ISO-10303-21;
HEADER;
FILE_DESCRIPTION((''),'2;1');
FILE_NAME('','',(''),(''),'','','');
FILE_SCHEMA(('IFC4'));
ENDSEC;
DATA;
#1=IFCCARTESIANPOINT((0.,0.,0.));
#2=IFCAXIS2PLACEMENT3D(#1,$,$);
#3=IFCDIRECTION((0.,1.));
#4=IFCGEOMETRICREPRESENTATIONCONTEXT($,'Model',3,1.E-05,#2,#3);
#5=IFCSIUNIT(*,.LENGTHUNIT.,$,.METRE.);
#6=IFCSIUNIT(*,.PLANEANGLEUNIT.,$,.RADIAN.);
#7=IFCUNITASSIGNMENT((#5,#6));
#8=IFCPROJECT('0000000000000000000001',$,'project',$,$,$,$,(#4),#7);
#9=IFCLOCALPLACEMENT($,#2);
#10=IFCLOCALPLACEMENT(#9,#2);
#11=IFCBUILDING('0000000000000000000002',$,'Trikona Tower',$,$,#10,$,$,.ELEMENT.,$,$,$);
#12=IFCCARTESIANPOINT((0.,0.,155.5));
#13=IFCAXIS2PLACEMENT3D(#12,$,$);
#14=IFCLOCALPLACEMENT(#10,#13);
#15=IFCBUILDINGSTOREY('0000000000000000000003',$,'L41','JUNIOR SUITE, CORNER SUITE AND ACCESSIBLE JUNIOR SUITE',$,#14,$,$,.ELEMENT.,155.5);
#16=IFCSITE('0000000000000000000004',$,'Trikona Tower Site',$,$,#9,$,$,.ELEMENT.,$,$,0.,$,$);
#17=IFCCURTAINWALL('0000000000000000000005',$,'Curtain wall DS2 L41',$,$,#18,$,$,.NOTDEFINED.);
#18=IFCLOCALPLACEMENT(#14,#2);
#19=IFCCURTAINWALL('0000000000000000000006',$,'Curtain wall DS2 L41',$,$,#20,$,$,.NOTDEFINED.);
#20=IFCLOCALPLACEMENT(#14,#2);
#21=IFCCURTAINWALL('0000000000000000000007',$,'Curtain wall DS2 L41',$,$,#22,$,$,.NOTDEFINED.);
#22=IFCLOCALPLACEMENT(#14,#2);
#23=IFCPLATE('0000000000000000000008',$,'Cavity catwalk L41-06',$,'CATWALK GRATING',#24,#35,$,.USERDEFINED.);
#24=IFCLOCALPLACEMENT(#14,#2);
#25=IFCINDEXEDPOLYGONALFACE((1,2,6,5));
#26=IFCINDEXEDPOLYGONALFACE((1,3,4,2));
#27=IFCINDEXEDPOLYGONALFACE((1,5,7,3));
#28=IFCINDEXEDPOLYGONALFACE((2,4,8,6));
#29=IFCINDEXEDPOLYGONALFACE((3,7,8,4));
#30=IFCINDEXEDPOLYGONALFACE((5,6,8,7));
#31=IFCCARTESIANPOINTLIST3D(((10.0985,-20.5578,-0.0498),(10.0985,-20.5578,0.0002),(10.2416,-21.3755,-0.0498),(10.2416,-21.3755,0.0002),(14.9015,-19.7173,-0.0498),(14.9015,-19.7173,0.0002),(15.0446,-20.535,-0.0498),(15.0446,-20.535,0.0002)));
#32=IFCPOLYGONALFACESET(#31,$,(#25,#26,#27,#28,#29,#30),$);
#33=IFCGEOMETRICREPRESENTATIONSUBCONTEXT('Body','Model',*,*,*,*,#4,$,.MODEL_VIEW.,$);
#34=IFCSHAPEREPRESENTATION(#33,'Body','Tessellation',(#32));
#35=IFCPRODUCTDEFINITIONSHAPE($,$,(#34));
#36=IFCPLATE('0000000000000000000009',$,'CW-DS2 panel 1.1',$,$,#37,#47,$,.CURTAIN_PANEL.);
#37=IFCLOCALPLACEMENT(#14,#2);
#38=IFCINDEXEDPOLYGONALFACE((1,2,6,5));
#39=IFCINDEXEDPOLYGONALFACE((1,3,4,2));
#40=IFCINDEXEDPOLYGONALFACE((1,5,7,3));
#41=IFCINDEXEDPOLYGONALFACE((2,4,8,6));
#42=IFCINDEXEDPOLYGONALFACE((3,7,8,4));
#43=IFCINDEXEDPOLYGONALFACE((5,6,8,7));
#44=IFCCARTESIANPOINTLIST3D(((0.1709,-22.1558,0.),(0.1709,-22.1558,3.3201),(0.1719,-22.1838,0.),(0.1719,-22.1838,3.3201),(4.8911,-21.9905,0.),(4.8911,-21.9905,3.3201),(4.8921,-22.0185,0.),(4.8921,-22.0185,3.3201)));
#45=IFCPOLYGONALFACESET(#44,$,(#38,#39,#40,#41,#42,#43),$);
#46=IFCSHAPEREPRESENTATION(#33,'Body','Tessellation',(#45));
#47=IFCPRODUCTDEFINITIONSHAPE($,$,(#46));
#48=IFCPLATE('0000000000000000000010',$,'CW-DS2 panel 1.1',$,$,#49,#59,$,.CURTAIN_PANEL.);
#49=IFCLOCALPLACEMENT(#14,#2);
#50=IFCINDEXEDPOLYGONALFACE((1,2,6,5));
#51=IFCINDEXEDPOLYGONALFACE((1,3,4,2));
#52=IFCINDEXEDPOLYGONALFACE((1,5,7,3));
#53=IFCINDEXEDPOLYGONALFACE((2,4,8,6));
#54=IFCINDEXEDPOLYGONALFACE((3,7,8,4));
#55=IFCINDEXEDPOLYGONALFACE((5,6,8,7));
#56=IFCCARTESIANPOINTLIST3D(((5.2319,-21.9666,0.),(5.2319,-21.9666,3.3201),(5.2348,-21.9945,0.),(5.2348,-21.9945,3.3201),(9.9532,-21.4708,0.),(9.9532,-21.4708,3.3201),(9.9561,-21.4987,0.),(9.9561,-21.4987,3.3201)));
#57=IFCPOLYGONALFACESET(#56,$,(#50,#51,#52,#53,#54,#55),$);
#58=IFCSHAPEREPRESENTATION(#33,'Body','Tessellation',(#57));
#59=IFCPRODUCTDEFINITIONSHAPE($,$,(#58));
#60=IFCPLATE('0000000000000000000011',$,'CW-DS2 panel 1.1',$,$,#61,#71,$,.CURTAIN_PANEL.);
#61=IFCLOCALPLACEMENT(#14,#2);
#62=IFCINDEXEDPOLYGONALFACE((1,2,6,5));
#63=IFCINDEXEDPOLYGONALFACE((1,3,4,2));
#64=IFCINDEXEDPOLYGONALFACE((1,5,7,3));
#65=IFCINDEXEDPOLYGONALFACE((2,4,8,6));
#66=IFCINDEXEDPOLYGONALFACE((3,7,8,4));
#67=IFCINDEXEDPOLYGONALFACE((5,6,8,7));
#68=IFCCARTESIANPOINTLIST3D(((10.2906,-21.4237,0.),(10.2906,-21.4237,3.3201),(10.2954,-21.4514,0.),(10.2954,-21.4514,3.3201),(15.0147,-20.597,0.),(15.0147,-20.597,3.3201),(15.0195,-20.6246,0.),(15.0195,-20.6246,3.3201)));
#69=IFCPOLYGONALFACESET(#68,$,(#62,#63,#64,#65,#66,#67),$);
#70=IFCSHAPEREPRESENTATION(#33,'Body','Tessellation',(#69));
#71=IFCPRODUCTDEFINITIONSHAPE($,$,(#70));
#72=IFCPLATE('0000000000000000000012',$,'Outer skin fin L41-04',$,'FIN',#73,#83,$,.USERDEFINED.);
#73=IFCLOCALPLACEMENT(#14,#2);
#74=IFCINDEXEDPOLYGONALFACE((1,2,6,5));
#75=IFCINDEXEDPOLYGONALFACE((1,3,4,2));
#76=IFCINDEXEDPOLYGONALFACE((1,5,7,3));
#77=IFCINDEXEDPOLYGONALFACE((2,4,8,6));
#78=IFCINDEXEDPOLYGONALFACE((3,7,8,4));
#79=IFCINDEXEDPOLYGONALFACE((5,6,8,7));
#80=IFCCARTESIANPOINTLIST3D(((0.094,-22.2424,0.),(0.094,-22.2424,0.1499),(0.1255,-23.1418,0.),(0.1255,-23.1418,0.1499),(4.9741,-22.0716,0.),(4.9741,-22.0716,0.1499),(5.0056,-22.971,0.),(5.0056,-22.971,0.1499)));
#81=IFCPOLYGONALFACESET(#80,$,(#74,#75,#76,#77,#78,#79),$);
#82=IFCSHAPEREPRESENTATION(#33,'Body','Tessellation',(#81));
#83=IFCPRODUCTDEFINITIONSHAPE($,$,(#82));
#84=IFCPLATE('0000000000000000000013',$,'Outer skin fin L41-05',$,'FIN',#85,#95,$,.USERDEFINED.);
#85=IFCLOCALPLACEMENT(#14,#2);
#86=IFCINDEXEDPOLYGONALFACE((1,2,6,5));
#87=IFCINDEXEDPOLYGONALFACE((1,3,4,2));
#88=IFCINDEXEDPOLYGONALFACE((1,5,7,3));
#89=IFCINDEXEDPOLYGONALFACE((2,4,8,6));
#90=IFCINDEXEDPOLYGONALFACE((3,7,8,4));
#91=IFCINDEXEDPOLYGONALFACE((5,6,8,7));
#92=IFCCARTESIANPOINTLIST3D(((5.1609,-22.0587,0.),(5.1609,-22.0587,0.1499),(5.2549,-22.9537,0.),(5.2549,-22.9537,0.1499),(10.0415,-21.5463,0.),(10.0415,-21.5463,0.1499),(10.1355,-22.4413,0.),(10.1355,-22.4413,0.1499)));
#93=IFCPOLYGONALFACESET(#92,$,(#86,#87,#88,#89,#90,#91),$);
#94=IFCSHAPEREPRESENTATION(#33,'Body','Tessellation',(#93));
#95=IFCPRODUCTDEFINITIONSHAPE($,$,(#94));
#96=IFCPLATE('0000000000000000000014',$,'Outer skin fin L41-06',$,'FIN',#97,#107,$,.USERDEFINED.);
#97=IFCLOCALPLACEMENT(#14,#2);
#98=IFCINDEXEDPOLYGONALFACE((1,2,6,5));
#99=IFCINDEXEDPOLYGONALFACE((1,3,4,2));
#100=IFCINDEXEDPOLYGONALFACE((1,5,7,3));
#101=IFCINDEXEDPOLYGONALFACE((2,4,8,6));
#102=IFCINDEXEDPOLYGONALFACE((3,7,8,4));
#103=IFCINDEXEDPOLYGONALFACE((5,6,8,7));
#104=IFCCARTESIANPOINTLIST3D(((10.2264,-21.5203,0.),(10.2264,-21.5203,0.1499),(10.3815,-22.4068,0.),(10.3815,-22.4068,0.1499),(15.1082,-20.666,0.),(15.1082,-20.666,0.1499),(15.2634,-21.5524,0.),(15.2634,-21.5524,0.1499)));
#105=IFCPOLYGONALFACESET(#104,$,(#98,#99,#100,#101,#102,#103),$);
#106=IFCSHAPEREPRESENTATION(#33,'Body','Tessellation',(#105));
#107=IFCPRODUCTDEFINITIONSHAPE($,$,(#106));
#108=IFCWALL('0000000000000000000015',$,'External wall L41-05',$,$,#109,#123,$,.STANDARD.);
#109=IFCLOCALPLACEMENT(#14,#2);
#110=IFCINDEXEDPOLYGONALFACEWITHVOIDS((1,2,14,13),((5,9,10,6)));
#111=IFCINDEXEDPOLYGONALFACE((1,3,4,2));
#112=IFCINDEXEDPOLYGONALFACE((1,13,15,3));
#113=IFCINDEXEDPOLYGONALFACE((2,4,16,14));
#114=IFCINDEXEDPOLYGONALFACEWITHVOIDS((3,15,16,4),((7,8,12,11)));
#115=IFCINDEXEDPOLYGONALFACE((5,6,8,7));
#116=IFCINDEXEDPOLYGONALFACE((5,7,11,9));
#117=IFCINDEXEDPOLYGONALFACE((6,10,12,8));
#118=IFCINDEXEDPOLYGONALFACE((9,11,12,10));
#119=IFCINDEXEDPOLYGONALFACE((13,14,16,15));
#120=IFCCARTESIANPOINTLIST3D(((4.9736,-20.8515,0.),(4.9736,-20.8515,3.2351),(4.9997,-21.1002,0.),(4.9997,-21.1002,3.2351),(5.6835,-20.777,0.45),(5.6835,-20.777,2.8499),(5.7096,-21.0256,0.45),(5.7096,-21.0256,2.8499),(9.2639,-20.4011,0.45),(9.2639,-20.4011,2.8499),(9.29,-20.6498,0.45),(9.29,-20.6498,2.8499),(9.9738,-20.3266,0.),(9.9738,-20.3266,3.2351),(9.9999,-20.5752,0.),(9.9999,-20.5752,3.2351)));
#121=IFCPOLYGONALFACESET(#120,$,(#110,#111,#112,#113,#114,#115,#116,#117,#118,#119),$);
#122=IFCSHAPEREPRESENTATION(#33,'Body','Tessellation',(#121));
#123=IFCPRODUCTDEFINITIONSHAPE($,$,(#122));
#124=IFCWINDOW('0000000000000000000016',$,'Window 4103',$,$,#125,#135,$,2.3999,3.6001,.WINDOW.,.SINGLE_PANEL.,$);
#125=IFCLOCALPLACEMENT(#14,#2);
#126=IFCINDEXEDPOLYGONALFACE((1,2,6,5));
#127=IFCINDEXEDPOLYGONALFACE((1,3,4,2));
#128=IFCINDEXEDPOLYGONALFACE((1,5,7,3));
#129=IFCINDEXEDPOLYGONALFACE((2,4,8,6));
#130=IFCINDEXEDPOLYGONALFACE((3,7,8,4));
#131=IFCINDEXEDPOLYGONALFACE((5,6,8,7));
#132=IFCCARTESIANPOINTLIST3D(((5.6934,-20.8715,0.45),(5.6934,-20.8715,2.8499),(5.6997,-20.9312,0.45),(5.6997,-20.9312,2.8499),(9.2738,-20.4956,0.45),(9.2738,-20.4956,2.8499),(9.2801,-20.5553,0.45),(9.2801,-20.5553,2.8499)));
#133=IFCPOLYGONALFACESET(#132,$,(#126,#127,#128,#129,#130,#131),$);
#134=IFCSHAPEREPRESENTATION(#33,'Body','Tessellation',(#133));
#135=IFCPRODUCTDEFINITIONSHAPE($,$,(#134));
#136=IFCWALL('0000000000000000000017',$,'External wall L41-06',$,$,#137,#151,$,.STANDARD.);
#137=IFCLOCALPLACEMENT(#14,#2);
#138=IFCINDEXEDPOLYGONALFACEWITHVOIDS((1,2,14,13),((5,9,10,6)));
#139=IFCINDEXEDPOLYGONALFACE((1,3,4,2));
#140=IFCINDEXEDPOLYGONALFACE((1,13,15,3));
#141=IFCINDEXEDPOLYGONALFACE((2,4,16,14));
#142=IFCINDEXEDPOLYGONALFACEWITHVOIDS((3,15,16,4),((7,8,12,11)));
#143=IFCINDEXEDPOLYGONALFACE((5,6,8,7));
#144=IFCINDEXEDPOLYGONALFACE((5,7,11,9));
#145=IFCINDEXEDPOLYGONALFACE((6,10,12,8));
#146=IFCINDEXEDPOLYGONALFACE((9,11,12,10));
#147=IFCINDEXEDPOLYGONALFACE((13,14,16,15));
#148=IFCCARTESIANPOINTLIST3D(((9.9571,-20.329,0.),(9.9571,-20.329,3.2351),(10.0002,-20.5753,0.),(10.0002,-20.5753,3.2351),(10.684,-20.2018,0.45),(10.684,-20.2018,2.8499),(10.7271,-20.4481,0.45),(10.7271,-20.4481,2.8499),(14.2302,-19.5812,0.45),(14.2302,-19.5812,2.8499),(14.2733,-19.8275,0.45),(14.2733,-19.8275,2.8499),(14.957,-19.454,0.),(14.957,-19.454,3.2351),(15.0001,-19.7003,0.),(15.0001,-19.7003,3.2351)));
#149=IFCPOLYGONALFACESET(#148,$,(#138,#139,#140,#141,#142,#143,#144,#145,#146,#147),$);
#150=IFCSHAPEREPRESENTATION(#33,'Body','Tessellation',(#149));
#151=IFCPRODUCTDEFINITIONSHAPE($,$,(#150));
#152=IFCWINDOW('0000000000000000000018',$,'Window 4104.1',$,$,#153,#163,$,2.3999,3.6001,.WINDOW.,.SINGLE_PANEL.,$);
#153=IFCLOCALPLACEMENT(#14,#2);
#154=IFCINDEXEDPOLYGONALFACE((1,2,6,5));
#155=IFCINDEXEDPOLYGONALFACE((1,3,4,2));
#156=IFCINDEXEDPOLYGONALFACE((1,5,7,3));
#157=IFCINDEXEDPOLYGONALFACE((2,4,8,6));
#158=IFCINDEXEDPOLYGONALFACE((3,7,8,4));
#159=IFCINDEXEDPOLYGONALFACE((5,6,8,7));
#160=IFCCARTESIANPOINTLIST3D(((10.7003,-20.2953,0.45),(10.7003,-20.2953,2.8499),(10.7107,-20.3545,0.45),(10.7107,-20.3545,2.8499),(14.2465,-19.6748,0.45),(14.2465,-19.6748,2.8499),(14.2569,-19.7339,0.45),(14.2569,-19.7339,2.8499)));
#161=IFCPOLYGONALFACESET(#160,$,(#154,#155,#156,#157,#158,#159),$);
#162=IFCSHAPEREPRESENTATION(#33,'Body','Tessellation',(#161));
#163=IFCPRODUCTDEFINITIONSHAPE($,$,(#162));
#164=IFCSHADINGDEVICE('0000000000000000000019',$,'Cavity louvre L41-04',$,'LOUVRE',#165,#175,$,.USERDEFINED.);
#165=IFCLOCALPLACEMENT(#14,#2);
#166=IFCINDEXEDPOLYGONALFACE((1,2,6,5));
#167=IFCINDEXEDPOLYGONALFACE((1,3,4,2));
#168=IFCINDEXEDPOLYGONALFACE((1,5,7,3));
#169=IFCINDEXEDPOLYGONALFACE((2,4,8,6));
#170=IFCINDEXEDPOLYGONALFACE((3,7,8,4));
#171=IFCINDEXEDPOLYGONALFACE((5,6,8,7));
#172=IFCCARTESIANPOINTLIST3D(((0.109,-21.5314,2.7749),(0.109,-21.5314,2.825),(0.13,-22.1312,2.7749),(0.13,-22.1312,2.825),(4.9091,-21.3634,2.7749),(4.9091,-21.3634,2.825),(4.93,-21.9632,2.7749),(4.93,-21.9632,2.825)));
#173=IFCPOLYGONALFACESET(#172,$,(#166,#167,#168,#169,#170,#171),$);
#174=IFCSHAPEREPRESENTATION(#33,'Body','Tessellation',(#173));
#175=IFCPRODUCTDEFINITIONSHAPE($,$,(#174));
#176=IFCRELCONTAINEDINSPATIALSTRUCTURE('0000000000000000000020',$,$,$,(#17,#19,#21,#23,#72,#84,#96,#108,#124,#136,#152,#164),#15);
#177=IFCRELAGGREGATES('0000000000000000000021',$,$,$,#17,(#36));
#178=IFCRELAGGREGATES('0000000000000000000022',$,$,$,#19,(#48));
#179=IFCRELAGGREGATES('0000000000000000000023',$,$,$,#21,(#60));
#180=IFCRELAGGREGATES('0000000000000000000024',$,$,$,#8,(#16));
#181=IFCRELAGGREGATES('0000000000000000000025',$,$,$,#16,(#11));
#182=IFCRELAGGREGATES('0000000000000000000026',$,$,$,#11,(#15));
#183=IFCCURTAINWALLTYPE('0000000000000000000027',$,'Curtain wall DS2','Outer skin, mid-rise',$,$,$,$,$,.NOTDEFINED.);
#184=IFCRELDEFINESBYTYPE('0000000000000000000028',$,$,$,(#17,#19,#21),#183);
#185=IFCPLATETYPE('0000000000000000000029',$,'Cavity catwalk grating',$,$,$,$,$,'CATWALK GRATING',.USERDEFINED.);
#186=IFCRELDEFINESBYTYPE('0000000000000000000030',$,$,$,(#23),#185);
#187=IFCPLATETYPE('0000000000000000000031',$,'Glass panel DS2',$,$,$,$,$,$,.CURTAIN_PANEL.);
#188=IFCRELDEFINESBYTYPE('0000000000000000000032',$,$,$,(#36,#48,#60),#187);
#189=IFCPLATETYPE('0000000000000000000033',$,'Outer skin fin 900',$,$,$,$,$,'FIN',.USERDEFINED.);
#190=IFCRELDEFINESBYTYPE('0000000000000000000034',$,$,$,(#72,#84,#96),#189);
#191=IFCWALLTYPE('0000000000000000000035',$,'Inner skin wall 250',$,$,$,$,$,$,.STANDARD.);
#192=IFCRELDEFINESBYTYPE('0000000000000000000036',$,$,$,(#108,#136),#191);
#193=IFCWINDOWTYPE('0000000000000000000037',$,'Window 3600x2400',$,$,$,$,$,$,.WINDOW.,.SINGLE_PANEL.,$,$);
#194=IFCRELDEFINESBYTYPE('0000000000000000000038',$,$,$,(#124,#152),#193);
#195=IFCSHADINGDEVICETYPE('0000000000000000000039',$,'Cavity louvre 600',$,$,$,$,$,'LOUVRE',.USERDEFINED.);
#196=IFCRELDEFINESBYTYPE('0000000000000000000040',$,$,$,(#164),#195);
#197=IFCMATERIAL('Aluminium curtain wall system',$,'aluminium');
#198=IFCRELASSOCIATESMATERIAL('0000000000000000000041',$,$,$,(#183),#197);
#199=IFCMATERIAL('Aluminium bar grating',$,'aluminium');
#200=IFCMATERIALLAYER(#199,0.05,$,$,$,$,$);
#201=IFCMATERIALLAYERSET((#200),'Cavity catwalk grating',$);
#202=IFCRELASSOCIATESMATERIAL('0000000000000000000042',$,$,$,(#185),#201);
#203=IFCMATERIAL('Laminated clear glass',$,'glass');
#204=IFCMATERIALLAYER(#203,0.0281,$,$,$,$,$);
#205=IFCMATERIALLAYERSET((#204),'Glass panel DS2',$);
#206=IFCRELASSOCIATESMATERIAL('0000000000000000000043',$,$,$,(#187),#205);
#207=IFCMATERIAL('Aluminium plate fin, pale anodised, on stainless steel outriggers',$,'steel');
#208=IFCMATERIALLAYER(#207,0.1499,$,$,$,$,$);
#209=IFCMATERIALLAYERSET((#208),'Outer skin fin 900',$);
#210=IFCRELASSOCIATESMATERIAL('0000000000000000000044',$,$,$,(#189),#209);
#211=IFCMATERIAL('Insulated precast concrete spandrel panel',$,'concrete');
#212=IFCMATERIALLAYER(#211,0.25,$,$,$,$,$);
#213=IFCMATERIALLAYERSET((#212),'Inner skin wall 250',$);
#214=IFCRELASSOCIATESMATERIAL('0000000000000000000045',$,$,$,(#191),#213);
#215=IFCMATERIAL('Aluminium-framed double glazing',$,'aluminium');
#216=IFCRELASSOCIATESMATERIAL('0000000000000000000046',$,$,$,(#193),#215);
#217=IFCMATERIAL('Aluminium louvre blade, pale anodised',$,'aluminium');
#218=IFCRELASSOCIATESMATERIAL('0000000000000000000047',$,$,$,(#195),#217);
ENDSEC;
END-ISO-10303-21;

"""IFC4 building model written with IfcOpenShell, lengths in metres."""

from ifc_helpers import new_model, si_unit, direction, frame, frame_2d, origin, origin_2d, place, context, subcontext, project, spatial, rectangle, extrude, material, layer, layer_set, type_object, element, fill, aggregate, save


model = new_model("IFC4")

# Units and contexts
model_context = context("Model", 3, precision=1e-05, world=origin(), true_north=direction((0.0, 1.0)))
body_context = subcontext(model_context, "Body", "Model", "MODEL_VIEW")
ifc_project = project(units=[si_unit("LENGTHUNIT", "METRE"), si_unit("PLANEANGLEUNIT", "RADIAN")], contexts=[model_context])

# Site, building, storey
site_placement = place(None, origin())
site = spatial("IfcSite", under=ifc_project, at=site_placement, Name="Trikona Tower Site", CompositionType="ELEMENT", RefElevation=0.0)
building_placement = place(site_placement, origin())
building = spatial("IfcBuilding", under=site, at=building_placement, Name="Trikona Tower", CompositionType="ELEMENT")
storey_placement = place(building_placement, frame((0.0, 0.0, 155.5)))
storey = spatial("IfcBuildingStorey", under=building, at=storey_placement, Name="L41", Description="JUNIOR SUITE, CORNER SUITE AND ACCESSIBLE JUNIOR SUITE", CompositionType="ELEMENT", Elevation=155.5)

# Curtain walls
ifc_material_1 = material(Name="Aluminium curtain wall system", Category="aluminium")
curtain_wall_type = type_object("IfcCurtainWallType", Name="Curtain wall DS2", Description="Outer skin, mid-rise", PredefinedType="NOTDEFINED", material=ifc_material_1)
curtain_wall_1_placement = place(storey_placement, origin())
curtain_wall_1 = element("IfcCurtainWall", 1, at=curtain_wall_1_placement, inside=storey, type_object=curtain_wall_type, Name="Curtain wall DS2 L41", PredefinedType="NOTDEFINED")
curtain_wall_2_placement = place(storey_placement, origin())
curtain_wall_2 = element("IfcCurtainWall", 2, at=curtain_wall_2_placement, inside=storey, type_object=curtain_wall_type, Name="Curtain wall DS2 L41", PredefinedType="NOTDEFINED")

# Curtain wall
curtain_wall_3_placement = place(storey_placement, origin())
curtain_wall_3 = element("IfcCurtainWall", 3, at=curtain_wall_3_placement, inside=storey, type_object=curtain_wall_type, Name="Curtain wall DS2 L41", PredefinedType="NOTDEFINED")

# Plate
ifc_material_2 = material(Name="Aluminium bar grating", Category="aluminium")
ifc_layer_1 = layer(ifc_material_2, 0.05)
ifc_layer_set_1 = layer_set([ifc_layer_1], Name="Cavity catwalk grating")
plate_type_1 = type_object("IfcPlateType", Name="Cavity catwalk grating", ElementType="CATWALK GRATING", PredefinedType="USERDEFINED", material=ifc_layer_set_1)
plate_1_placement = place(storey_placement, frame((12.5715, -20.5464, -0.0498), z_axis=(0.0, 0.0, 1.0), x_axis=(0.985031, 0.17238, 0.0)))
element("IfcPlate", 4, at=plate_1_placement, inside=storey, type_object=plate_type_1, Name="Cavity catwalk L41-06", ObjectType="CATWALK GRATING", PredefinedType="USERDEFINED", context=body_context, shape_type="SweptSolid", body=[
    extrude(rectangle(XDim=4.876, YDim=0.8301, at=origin_2d()), origin(), (0.0, 0.0, 1.0), 0.05),
])

# Plates
ifc_material_3 = material(Name="Laminated clear glass", Category="glass")
ifc_layer_2 = layer(ifc_material_3, 0.0281)
ifc_layer_set_2 = layer_set([ifc_layer_2], Name="Glass panel DS2")
plate_type_2 = type_object("IfcPlateType", Name="Glass panel DS2", PredefinedType="CURTAIN_PANEL", material=ifc_layer_set_2)
plate_2_placement = place(storey_placement, frame((2.5315, -22.0872, 0.0), z_axis=(0.0, 0.0, 1.0), x_axis=(0.999387, 0.034998, 0.0)))
plate_2 = element("IfcPlate", 5, at=plate_2_placement, type_object=plate_type_2, Name="CW-DS2 panel 1.1", PredefinedType="CURTAIN_PANEL", context=body_context, shape_type="SweptSolid", body=[
    extrude(rectangle(XDim=4.7231, YDim=0.0281, at=origin_2d()), origin(), (0.0, 0.0, 1.0), 3.3201),
])
aggregate(curtain_wall_1, [plate_2])
plate_3_placement = place(storey_placement, frame((7.594, -21.7327, 0.0), z_axis=(0.0, 0.0, 1.0), x_axis=(0.994532, 0.104433, 0.0)))
plate_3 = element("IfcPlate", 6, at=plate_3_placement, type_object=plate_type_2, Name="CW-DS2 panel 1.1", PredefinedType="CURTAIN_PANEL", context=body_context, shape_type="SweptSolid", body=[
    extrude(rectangle(XDim=4.7473, YDim=0.0281, at=origin_2d()), origin(), (0.0, 0.0, 1.0), 3.3201),
])
aggregate(curtain_wall_2, [plate_3])
plate_4_placement = place(storey_placement, frame((12.655, -21.0242, 0.0), z_axis=(0.0, 0.0, 1.0), x_axis=(0.985031, 0.172377, 0.0)))
plate_4 = element("IfcPlate", 7, at=plate_4_placement, type_object=plate_type_2, Name="CW-DS2 panel 1.1", PredefinedType="CURTAIN_PANEL", context=body_context, shape_type="SweptSolid", body=[
    extrude(rectangle(XDim=4.7959, YDim=0.0281, at=origin_2d()), origin(), (0.0, 0.0, 1.0), 3.3201),
])
aggregate(curtain_wall_3, [plate_4])

# Plates
ifc_material_4 = material(Name="Aluminium plate fin, pale anodised, on stainless steel outriggers", Category="steel")
ifc_layer_3 = layer(ifc_material_4, 0.1499)
ifc_layer_set_3 = layer_set([ifc_layer_3], Name="Outer skin fin 900")
plate_type_3 = type_object("IfcPlateType", Name="Outer skin fin 900", ElementType="FIN", PredefinedType="USERDEFINED", material=ifc_layer_set_3)
plate_5_placement = place(storey_placement, frame((2.5498, -22.6067, 0.0), z_axis=(0.0, 0.0, 1.0), x_axis=(0.999388, 0.034978, 0.0)))
element("IfcPlate", 8, at=plate_5_placement, inside=storey, type_object=plate_type_3, Name="Outer skin fin L41-04", ObjectType="FIN", PredefinedType="USERDEFINED", context=body_context, shape_type="SweptSolid", body=[
    extrude(rectangle(XDim=4.8831, YDim=0.8999, at=origin_2d()), origin(), (0.0, 0.0, 1.0), 0.1499),
])
plate_6_placement = place(storey_placement, frame((7.6482, -22.25, 0.0), z_axis=(0.0, 0.0, 1.0), x_axis=(0.994533, 0.104426, 0.0)))
element("IfcPlate", 9, at=plate_6_placement, inside=storey, type_object=plate_type_3, Name="Outer skin fin L41-05", ObjectType="FIN", PredefinedType="USERDEFINED", context=body_context, shape_type="SweptSolid", body=[
    extrude(rectangle(XDim=4.9075, YDim=0.8999, at=origin_2d()), origin(), (0.0, 0.0, 1.0), 0.1499),
])
plate_7_placement = place(storey_placement, frame((12.7449, -21.5364, 0.0), z_axis=(0.0, 0.0, 1.0), x_axis=(0.985031, 0.17238, 0.0)))
element("IfcPlate", 10, at=plate_7_placement, inside=storey, type_object=plate_type_3, Name="Outer skin fin L41-06", ObjectType="FIN", PredefinedType="USERDEFINED", context=body_context, shape_type="SweptSolid", body=[
    extrude(rectangle(XDim=4.9561, YDim=0.8999, at=origin_2d()), origin(), (0.0, 0.0, 1.0), 0.1499),
])

# Walls, openings, windows
ifc_material_5 = material(Name="Insulated precast concrete spandrel panel", Category="concrete")
ifc_layer_4 = layer(ifc_material_5, 0.25)
ifc_layer_set_4 = layer_set([ifc_layer_4], Name="Inner skin wall 250")
wall_type = type_object("IfcWallType", Name="Inner skin wall 250", PredefinedType="STANDARD", material=ifc_layer_set_4)
wall_1_placement = place(storey_placement, frame((4.9868, -20.9758, 0.0), z_axis=(0.0, 0.0, 1.0), x_axis=(0.994535, 0.104407, 0.0)))
wall_1 = element("IfcWall", 11, at=wall_1_placement, inside=storey, type_object=wall_type, Name="External wall L41-05", PredefinedType="STANDARD", context=body_context, shape_type="SweptSolid", body=[
    extrude(rectangle(XDim=5.0276, YDim=0.25, at=frame_2d((2.5137, 0.0))), origin(), (0.0, 0.0, 1.0), 3.2351),
])
opening_1_placement = place(wall_1_placement, frame((0.7136, 0.0, 0.45)))
opening_1 = element("IfcOpeningElement", 12, at=opening_1_placement, cuts=wall_1, PredefinedType="OPENING", context=body_context, shape_type="SweptSolid", body=[
    extrude(rectangle(XDim=3.6001, YDim=2.3999, at=frame_2d((1.8, 1.2))), frame((0.0, 0.135, 0.0), z_axis=(0.0, -1.0, 0.0), x_axis=(1.0, 0.0, 0.0)), (0.0, 0.0, 1.0), 0.27),
])
ifc_material_6 = material(Name="Aluminium-framed double glazing", Category="aluminium")
window_type = type_object("IfcWindowType", Name="Window 3600x2400", PartitioningType="SINGLE_PANEL", PredefinedType="WINDOW", material=ifc_material_6)
window_1_placement = place(opening_1_placement, origin())
window_1 = element("IfcWindow", 13, at=window_1_placement, inside=storey, type_object=window_type, Name="Window 4103", OverallHeight=2.3999, OverallWidth=3.6001, PartitioningType="SINGLE_PANEL", PredefinedType="WINDOW", context=body_context, shape_type="SweptSolid", body=[
    extrude(rectangle(XDim=3.6001, YDim=2.3999, at=frame_2d((1.8, 1.2))), frame((0.0, 0.03, 0.0), z_axis=(0.0, -1.0, 0.0), x_axis=(1.0, 0.0, 0.0)), (0.0, 0.0, 1.0), 0.0601),
])
fill(opening_1, window_1)
wall_2_placement = place(storey_placement, frame((9.9785, -20.4521, 0.0), z_axis=(0.0, 0.0, 1.0), x_axis=(0.98503, 0.17238, 0.0)))
wall_2 = element("IfcWall", 14, at=wall_2_placement, inside=storey, type_object=wall_type, Name="External wall L41-06", PredefinedType="STANDARD", context=body_context, shape_type="SweptSolid", body=[
    extrude(rectangle(XDim=5.0759, YDim=0.25, at=frame_2d((2.5381, 0.0))), origin(), (0.0, 0.0, 1.0), 3.2351),
])
opening_2_placement = place(wall_2_placement, frame((0.738, 0.0, 0.45)))
opening_2 = element("IfcOpeningElement", 15, at=opening_2_placement, cuts=wall_2, PredefinedType="OPENING", context=body_context, shape_type="SweptSolid", body=[
    extrude(rectangle(XDim=3.6001, YDim=2.3999, at=frame_2d((1.8, 1.2))), frame((0.0, 0.135, 0.0), z_axis=(0.0, -1.0, 0.0), x_axis=(1.0, 0.0, 0.0)), (0.0, 0.0, 1.0), 0.27),
])
window_2_placement = place(opening_2_placement, origin())
window_2 = element("IfcWindow", 16, at=window_2_placement, inside=storey, type_object=window_type, Name="Window 4104.1", OverallHeight=2.3999, OverallWidth=3.6001, PartitioningType="SINGLE_PANEL", PredefinedType="WINDOW", context=body_context, shape_type="SweptSolid", body=[
    extrude(rectangle(XDim=3.6001, YDim=2.3999, at=frame_2d((1.8, 1.2))), frame((0.0, 0.03, 0.0), z_axis=(0.0, -1.0, 0.0), x_axis=(1.0, 0.0, 0.0)), (0.0, 0.0, 1.0), 0.0601),
])
fill(opening_2, window_2)

# Shading device
ifc_material_7 = material(Name="Aluminium louvre blade, pale anodised", Category="aluminium")
shading_device_type = type_object("IfcShadingDeviceType", Name="Cavity louvre 600", ElementType="LOUVRE", PredefinedType="USERDEFINED", material=ifc_material_7)
shading_device_1_placement = place(storey_placement, frame((2.5195, -21.7473, 2.7749), z_axis=(0.0, 0.0, 1.0), x_axis=(0.999388, 0.034978, 0.0)))
element("IfcShadingDevice", 17, at=shading_device_1_placement, inside=storey, type_object=shading_device_type, Name="Cavity louvre L41-04", ObjectType="LOUVRE", PredefinedType="USERDEFINED", context=body_context, shape_type="SweptSolid", body=[
    extrude(rectangle(XDim=4.803, YDim=0.6001, at=origin_2d()), origin(), (0.0, 0.0, 1.0), 0.05),
])

save(model, "model.ifc")
